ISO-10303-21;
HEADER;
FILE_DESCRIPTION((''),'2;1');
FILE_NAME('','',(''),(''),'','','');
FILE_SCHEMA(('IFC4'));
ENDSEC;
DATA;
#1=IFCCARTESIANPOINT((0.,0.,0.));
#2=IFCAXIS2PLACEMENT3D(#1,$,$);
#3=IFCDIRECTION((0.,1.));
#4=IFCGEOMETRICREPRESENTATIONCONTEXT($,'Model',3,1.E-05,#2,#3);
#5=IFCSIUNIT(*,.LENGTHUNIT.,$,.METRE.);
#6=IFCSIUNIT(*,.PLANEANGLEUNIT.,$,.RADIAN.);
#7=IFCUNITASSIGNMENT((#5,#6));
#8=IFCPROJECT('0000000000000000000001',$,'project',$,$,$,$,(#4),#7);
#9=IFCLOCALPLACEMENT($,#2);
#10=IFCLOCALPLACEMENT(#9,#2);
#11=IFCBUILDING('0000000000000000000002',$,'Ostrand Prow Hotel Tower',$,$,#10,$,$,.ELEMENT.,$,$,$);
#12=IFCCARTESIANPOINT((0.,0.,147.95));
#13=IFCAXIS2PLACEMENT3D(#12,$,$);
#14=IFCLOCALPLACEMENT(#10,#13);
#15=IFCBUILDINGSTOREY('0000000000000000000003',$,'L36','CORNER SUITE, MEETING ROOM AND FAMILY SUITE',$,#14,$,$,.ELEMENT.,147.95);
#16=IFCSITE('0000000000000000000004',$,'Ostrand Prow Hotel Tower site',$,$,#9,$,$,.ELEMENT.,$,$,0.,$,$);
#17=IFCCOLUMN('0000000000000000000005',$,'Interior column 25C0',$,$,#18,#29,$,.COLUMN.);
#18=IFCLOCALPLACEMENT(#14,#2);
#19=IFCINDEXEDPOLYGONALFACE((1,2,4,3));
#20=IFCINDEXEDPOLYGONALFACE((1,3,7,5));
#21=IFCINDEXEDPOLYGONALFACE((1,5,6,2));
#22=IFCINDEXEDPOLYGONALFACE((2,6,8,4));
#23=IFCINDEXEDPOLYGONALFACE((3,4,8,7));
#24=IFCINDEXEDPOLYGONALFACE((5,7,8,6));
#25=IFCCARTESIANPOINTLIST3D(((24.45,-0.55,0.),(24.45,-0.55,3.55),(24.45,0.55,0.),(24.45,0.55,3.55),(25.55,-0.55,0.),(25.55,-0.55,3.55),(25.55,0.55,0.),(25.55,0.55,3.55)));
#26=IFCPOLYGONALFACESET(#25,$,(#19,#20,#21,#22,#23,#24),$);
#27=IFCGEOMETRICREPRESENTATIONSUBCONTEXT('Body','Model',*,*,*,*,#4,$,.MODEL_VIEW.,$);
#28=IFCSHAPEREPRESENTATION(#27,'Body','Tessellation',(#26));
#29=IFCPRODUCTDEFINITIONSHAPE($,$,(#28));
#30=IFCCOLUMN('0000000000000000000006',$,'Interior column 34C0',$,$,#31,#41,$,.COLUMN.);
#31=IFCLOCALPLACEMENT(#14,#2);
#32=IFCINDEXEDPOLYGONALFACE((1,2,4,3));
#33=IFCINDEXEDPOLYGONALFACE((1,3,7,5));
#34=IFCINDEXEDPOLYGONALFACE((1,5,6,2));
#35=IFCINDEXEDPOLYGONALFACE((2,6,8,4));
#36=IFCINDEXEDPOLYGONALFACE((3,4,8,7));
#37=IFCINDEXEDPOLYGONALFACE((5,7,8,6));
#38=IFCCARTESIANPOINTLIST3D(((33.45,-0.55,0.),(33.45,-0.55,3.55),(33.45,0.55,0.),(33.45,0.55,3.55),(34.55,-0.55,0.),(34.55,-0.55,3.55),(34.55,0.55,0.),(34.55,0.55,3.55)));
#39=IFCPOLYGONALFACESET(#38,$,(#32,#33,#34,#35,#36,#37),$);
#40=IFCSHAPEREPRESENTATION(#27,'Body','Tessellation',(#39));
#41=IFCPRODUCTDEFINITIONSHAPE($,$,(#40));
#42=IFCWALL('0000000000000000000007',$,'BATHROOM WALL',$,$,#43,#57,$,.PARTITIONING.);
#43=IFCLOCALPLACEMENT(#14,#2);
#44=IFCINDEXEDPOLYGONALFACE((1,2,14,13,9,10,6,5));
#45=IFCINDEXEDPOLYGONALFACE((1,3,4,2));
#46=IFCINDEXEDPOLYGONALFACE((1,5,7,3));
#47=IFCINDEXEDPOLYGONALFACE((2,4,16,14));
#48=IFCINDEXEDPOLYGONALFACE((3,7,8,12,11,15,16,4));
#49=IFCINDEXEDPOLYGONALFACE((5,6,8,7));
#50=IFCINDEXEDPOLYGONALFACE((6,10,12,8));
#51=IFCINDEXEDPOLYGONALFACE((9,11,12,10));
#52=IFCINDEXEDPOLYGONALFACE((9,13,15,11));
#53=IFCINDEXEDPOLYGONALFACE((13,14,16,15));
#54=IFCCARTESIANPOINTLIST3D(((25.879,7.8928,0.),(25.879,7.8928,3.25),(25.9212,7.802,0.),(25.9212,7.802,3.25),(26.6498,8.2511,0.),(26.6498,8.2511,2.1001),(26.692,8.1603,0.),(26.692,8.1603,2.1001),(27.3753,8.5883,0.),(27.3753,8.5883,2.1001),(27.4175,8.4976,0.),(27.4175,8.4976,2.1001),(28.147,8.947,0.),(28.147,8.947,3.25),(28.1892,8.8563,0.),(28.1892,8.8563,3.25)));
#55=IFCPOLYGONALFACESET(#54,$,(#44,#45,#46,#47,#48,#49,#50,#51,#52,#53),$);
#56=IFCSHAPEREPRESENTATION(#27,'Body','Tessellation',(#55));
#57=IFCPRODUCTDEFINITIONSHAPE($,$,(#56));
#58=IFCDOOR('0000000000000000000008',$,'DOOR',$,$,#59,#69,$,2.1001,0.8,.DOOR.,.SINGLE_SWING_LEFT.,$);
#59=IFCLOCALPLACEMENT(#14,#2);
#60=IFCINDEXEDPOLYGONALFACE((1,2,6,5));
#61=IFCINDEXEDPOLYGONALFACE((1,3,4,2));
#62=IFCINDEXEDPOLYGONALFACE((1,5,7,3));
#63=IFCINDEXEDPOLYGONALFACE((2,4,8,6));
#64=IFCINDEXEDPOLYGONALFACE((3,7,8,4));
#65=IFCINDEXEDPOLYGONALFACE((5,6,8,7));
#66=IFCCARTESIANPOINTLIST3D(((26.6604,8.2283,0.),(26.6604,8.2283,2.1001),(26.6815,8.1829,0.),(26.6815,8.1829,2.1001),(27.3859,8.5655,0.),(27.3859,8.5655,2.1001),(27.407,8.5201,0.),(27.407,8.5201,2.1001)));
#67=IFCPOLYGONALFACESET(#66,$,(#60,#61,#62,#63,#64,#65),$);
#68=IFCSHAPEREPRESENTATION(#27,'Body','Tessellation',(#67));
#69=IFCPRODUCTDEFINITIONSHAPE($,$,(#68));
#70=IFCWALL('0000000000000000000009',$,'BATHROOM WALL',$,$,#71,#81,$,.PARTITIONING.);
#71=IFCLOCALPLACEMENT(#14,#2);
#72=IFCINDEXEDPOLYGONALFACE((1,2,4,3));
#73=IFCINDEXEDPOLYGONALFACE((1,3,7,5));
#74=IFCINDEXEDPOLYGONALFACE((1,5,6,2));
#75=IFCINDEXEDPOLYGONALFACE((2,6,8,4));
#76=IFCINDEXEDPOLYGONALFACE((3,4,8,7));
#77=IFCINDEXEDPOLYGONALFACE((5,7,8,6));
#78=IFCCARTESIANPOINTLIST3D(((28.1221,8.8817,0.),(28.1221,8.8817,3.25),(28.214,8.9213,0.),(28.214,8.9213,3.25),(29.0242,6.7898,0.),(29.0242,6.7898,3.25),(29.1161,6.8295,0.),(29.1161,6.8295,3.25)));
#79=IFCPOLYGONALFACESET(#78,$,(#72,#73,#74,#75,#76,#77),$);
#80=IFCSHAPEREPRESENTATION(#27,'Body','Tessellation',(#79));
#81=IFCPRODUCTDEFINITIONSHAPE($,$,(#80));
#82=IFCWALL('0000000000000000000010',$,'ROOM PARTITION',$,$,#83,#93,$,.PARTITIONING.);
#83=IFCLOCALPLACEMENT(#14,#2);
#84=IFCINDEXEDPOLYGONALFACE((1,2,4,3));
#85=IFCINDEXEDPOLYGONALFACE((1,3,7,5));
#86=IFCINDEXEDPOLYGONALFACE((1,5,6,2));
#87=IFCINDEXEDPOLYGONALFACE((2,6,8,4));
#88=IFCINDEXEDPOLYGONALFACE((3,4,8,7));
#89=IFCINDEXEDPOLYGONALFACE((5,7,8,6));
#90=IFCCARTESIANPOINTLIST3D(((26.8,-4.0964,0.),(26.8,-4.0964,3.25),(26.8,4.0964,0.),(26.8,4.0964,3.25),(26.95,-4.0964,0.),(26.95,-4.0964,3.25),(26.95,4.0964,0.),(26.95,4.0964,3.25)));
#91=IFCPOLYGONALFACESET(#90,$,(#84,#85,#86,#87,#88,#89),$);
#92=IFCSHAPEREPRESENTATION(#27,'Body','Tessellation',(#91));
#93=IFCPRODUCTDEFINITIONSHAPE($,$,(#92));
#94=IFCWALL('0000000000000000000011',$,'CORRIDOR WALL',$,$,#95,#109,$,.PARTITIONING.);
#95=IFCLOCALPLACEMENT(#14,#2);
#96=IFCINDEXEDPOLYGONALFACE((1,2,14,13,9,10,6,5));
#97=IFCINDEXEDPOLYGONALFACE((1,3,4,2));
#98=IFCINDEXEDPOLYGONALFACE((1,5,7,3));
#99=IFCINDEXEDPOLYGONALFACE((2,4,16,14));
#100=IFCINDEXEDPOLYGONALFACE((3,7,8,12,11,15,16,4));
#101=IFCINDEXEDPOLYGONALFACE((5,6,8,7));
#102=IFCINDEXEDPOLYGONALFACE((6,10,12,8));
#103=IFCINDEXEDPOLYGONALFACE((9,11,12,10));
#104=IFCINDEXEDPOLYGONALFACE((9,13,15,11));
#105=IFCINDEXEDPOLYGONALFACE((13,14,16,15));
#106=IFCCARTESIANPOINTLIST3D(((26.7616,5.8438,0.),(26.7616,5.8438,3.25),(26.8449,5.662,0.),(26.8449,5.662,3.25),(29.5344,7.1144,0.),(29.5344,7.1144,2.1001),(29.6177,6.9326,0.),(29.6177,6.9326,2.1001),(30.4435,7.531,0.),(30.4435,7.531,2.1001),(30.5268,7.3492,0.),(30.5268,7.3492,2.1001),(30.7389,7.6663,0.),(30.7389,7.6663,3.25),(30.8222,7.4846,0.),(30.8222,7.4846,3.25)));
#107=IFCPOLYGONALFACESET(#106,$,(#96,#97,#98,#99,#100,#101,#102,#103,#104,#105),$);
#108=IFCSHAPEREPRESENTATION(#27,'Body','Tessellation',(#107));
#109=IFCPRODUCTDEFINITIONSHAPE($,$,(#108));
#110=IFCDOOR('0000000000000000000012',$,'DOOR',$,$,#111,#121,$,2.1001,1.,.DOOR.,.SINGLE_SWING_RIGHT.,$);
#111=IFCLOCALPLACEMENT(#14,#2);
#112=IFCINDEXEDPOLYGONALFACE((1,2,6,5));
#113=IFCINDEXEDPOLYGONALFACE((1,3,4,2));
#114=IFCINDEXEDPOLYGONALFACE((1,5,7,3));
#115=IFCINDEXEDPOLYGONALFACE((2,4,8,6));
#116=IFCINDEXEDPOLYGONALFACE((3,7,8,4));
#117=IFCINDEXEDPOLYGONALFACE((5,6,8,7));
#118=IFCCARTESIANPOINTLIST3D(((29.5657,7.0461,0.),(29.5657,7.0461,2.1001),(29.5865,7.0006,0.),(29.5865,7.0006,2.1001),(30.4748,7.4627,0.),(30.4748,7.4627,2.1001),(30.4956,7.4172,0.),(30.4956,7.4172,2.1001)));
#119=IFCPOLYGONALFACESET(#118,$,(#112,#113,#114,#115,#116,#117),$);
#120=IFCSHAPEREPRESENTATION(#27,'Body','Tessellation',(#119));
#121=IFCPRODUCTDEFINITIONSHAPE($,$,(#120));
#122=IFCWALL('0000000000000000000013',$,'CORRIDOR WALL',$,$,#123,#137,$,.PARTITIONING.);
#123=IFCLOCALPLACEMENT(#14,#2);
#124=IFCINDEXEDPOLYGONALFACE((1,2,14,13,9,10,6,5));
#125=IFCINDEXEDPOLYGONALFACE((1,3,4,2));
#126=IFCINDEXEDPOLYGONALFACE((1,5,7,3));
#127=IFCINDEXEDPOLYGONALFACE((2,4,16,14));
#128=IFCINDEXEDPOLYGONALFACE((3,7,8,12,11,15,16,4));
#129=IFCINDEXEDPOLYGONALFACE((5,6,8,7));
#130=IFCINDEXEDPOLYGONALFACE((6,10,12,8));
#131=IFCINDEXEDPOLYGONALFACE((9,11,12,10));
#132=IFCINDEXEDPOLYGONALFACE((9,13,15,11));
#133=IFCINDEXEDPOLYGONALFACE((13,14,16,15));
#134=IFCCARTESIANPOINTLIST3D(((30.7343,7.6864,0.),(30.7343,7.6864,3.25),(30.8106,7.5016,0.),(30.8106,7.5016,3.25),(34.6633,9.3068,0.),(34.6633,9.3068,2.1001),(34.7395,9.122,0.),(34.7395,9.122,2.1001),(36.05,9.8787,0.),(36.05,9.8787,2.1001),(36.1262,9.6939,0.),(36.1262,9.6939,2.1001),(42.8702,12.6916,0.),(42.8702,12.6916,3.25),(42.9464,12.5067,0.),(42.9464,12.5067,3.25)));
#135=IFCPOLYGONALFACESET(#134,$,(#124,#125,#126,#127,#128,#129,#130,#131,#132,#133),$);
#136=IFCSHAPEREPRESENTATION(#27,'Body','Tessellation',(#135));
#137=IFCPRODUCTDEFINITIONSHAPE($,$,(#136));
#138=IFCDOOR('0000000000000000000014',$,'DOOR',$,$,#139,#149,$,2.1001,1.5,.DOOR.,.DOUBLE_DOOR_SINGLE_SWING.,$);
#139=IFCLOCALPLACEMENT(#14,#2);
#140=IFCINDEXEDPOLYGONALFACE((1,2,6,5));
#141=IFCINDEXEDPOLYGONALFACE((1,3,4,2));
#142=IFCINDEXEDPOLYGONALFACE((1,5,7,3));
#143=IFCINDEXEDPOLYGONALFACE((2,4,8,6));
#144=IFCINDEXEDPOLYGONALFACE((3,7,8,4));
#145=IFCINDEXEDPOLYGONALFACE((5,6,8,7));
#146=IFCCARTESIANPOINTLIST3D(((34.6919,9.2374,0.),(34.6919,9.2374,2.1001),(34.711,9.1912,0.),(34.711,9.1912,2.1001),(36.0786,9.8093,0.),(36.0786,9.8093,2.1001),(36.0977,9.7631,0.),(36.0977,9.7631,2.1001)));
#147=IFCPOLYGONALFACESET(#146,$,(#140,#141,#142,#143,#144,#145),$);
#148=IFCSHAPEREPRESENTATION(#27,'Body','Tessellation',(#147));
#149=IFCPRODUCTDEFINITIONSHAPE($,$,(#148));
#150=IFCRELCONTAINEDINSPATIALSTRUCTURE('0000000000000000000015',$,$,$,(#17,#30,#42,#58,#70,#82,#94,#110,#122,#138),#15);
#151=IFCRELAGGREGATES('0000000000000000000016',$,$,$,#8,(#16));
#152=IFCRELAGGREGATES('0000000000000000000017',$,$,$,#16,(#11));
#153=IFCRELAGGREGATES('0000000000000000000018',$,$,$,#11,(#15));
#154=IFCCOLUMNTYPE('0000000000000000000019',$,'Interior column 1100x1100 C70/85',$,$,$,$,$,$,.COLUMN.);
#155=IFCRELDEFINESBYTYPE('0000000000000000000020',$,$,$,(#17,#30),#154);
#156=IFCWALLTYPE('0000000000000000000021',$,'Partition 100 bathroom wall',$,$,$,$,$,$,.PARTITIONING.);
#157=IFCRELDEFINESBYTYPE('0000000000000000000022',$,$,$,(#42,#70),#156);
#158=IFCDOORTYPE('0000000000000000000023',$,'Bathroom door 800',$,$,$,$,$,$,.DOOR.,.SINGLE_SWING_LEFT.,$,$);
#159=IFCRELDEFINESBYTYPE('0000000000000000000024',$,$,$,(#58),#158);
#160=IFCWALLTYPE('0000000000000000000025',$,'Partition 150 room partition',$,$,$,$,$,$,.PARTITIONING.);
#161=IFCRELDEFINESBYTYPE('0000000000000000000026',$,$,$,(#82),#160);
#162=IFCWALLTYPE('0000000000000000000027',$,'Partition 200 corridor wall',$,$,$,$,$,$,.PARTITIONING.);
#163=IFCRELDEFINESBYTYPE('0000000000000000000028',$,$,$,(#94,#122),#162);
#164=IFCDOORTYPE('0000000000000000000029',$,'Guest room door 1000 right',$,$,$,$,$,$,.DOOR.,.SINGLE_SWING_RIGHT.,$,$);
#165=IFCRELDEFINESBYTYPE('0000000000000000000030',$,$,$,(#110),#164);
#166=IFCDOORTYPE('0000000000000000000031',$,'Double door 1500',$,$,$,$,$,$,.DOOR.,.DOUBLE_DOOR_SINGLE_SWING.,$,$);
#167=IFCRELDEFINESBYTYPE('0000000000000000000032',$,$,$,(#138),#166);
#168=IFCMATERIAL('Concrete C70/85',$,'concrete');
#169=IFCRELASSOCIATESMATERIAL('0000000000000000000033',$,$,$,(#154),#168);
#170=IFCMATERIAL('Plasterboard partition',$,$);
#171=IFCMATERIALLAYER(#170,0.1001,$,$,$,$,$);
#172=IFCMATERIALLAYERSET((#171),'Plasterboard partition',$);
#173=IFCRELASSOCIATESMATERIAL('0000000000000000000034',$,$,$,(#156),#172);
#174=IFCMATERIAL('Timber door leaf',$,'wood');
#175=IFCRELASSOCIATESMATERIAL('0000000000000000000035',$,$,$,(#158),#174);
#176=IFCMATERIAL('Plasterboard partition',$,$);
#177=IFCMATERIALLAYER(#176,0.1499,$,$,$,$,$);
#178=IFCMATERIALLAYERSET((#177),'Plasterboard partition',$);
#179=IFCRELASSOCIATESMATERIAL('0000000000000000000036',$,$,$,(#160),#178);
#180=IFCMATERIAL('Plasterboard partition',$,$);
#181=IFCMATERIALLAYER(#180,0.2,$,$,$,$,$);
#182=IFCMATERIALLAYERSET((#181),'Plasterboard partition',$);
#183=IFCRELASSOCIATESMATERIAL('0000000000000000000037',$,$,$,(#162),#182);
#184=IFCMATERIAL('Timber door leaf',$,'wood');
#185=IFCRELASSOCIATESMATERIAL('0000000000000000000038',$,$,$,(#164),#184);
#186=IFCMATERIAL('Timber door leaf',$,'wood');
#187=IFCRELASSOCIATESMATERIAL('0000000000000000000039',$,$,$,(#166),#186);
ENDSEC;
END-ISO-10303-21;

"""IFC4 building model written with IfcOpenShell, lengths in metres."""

from ifc_helpers import new_model, si_unit, direction, frame, frame_2d, origin, origin_2d, place, context, subcontext, project, spatial, rectangle, extrude, material, layer, layer_set, material_profile, profile_set, type_object, element, fill, save


model = new_model("IFC4")

# Units and contexts
model_context = context("Model", 3, precision=1e-05, world=origin(), true_north=direction((0.0, 1.0)))
body_context = subcontext(model_context, "Body", "Model", "MODEL_VIEW")
ifc_project = project(units=[si_unit("LENGTHUNIT", "METRE"), si_unit("PLANEANGLEUNIT", "RADIAN")], contexts=[model_context])

# Site, building, storey
site_placement = place(None, origin())
site = spatial("IfcSite", under=ifc_project, at=site_placement, Name="Ostrand Prow Hotel Tower site", CompositionType="ELEMENT", RefElevation=0.0)
building_placement = place(site_placement, origin())
building = spatial("IfcBuilding", under=site, at=building_placement, Name="Ostrand Prow Hotel Tower", CompositionType="ELEMENT")
storey_placement = place(building_placement, frame((0.0, 0.0, 147.95)))
storey = spatial("IfcBuildingStorey", under=building, at=storey_placement, Name="L36", Description="CORNER SUITE, MEETING ROOM AND FAMILY SUITE", CompositionType="ELEMENT", Elevation=147.95)

# Columns
ifc_material_1 = material(Name="Concrete C70/85", Category="concrete")
ifc_material_profile = material_profile(ifc_material_1, rectangle(XDim=1.1001, YDim=1.1001, at=origin_2d()), Name="RC 1100x1100")
ifc_profile_set = profile_set([ifc_material_profile], Name="Concrete C70/85")
column_type = type_object("IfcColumnType", Name="Interior column 1100x1100 C70/85", PredefinedType="COLUMN", material=ifc_profile_set)
for number, where, z_axis, x_axis, name in (
    (1, (25.0, 0.0, 0.0), (0.0, 0.0, 1.0), (1.0, 0.0, 0.0), "Interior column 25C0"),
    (2, (34.0, 0.0, 0.0), (0.0, 0.0, 1.0), (1.0, 0.0, 0.0), "Interior column 34C0"),
):
    element("IfcColumn", number, at=place(storey_placement, frame(where, z_axis=z_axis, x_axis=x_axis)), inside=storey, type_object=column_type, Name=name, PredefinedType="COLUMN", context=body_context, shape_type="SweptSolid", body=[
        extrude(rectangle(XDim=1.1001, YDim=1.1001, at=origin_2d()), origin(), (0.0, 0.0, 1.0), 3.55),
    ])

# Wall, opening, door
ifc_material_2 = material(Name="Plasterboard partition")
ifc_layer_1 = layer(ifc_material_2, 0.1001)
ifc_layer_set_1 = layer_set([ifc_layer_1], Name="Plasterboard partition")
wall_type_1 = type_object("IfcWallType", Name="Partition 100 bathroom wall", PredefinedType="PARTITIONING", material=ifc_layer_set_1)
wall_1_placement = place(storey_placement, frame((25.9001, 7.8474, 0.0), z_axis=(0.0, 0.0, 1.0), x_axis=(0.906813, 0.421533, 0.0)))
wall_1 = element("IfcWall", 3, at=wall_1_placement, inside=storey, type_object=wall_type_1, Name="BATHROOM WALL", PredefinedType="PARTITIONING", context=body_context, shape_type="SweptSolid", body=[
    extrude(rectangle(XDim=2.501, YDim=0.1001, at=frame_2d((1.2505, 0.0))), origin(), (0.0, 0.0, 1.0), 3.25),
])
opening_1_placement = place(wall_1_placement, frame((0.8501, 0.0, 0.0)))
opening_1 = element("IfcOpeningElement", 4, at=opening_1_placement, cuts=wall_1, PredefinedType="OPENING", context=body_context, shape_type="SweptSolid", body=[
    extrude(rectangle(XDim=0.8, YDim=2.1001, at=frame_2d((0.3999, 1.05))), frame((0.0, 0.0601, 0.0), z_axis=(0.0, -1.0, 0.0), x_axis=(1.0, 0.0, 0.0)), (0.0, 0.0, 1.0), 0.1201),
])
ifc_material_3 = material(Name="Timber door leaf", Category="wood")
door_type_1 = type_object("IfcDoorType", Name="Bathroom door 800", OperationType="SINGLE_SWING_LEFT", PredefinedType="DOOR", material=ifc_material_3)
door_1_placement = place(opening_1_placement, origin())
door_1 = element("IfcDoor", 5, at=door_1_placement, inside=storey, type_object=door_type_1, Name="DOOR", OperationType="SINGLE_SWING_LEFT", OverallHeight=2.1001, OverallWidth=0.8, PredefinedType="DOOR", context=body_context, shape_type="SweptSolid", body=[
    extrude(rectangle(XDim=0.8, YDim=2.1001, at=frame_2d((0.3999, 1.05))), frame((0.0, 0.0249, 0.0), z_axis=(0.0, -1.0, 0.0), x_axis=(1.0, 0.0, 0.0)), (0.0, 0.0, 1.0), 0.05),
])
fill(opening_1, door_1)

# Walls
wall_2_placement = place(storey_placement, frame((28.168, 8.9016, 0.0), z_axis=(0.0, 0.0, 1.0), x_axis=(0.396001, -0.91825, 0.0)))
element("IfcWall", 6, at=wall_2_placement, inside=storey, type_object=wall_type_1, Name="BATHROOM WALL", PredefinedType="PARTITIONING", context=body_context, shape_type="SweptSolid", body=[
    extrude(rectangle(XDim=2.2781, YDim=0.1001, at=frame_2d((1.1392, 0.0))), origin(), (0.0, 0.0, 1.0), 3.25),
])
ifc_material_4 = material(Name="Plasterboard partition")
ifc_layer_2 = layer(ifc_material_4, 0.1499)
ifc_layer_set_2 = layer_set([ifc_layer_2], Name="Plasterboard partition")
wall_type_2 = type_object("IfcWallType", Name="Partition 150 room partition", PredefinedType="PARTITIONING", material=ifc_layer_set_2)
wall_3_placement = place(storey_placement, frame((26.875, -4.0964, 0.0), z_axis=(0.0, 0.0, 1.0), x_axis=(0.0, 1.0, 0.0)))
element("IfcWall", 7, at=wall_3_placement, inside=storey, type_object=wall_type_2, Name="ROOM PARTITION", PredefinedType="PARTITIONING", context=body_context, shape_type="SweptSolid", body=[
    extrude(rectangle(XDim=8.1929, YDim=0.1499, at=frame_2d((4.0964, 0.0))), origin(), (0.0, 0.0, 1.0), 3.25),
])

# Walls, openings, doors
ifc_material_5 = material(Name="Plasterboard partition")
ifc_layer_3 = layer(ifc_material_5, 0.2)
ifc_layer_set_3 = layer_set([ifc_layer_3], Name="Plasterboard partition")
wall_type_3 = type_object("IfcWallType", Name="Partition 200 corridor wall", PredefinedType="PARTITIONING", material=ifc_layer_set_3)
wall_4_placement = place(storey_placement, frame((26.8032, 5.7529, 0.0), z_axis=(0.0, 0.0, 1.0), x_axis=(0.909101, 0.416576, 0.0)))
wall_4 = element("IfcWall", 8, at=wall_4_placement, inside=storey, type_object=wall_type_3, Name="CORRIDOR WALL", PredefinedType="PARTITIONING", context=body_context, shape_type="SweptSolid", body=[
    extrude(rectangle(XDim=4.375, YDim=0.2, at=frame_2d((2.1875, 0.0))), origin(), (0.0, 0.0, 1.0), 3.25),
])
opening_2_placement = place(wall_4_placement, frame((3.05, 0.0, 0.0)))
opening_2 = element("IfcOpeningElement", 9, at=opening_2_placement, cuts=wall_4, PredefinedType="OPENING", context=body_context, shape_type="SweptSolid", body=[
    extrude(rectangle(XDim=1.0, YDim=2.1001, at=frame_2d((0.5, 1.05))), frame((0.0, 0.1099, 0.0), z_axis=(0.0, -1.0, 0.0), x_axis=(1.0, 0.0, 0.0)), (0.0, 0.0, 1.0), 0.22),
])
ifc_material_6 = material(Name="Timber door leaf", Category="wood")
door_type_2 = type_object("IfcDoorType", Name="Guest room door 1000 right", OperationType="SINGLE_SWING_RIGHT", PredefinedType="DOOR", material=ifc_material_6)
door_2_placement = place(opening_2_placement, origin())
door_2 = element("IfcDoor", 10, at=door_2_placement, inside=storey, type_object=door_type_2, Name="DOOR", OperationType="SINGLE_SWING_RIGHT", OverallHeight=2.1001, OverallWidth=1.0, PredefinedType="DOOR", context=body_context, shape_type="SweptSolid", body=[
    extrude(rectangle(XDim=1.0, YDim=2.1001, at=frame_2d((0.5, 1.05))), frame((0.0, 0.0249, 0.0), z_axis=(0.0, -1.0, 0.0), x_axis=(1.0, 0.0, 0.0)), (0.0, 0.0, 1.0), 0.05),
])
fill(opening_2, door_2)
wall_5_placement = place(storey_placement, frame((30.7725, 7.594, 0.0), z_axis=(0.0, 0.0, 1.0), x_axis=(0.924462, 0.381275, 0.0)))
wall_5 = element("IfcWall", 11, at=wall_5_placement, inside=storey, type_object=wall_type_3, Name="CORRIDOR WALL", PredefinedType="PARTITIONING", context=body_context, shape_type="SweptSolid", body=[
    extrude(rectangle(XDim=13.1274, YDim=0.2, at=frame_2d((6.5637, 0.0))), origin(), (0.0, 0.0, 1.0), 3.25),
])
opening_3_placement = place(wall_5_placement, frame((4.25, 0.0, 0.0)))
opening_3 = element("IfcOpeningElement", 12, at=opening_3_placement, cuts=wall_5, PredefinedType="OPENING", context=body_context, shape_type="SweptSolid", body=[
    extrude(rectangle(XDim=1.5, YDim=2.1001, at=frame_2d((0.75, 1.05))), frame((0.0, 0.1099, 0.0), z_axis=(0.0, -1.0, 0.0), x_axis=(1.0, 0.0, 0.0)), (0.0, 0.0, 1.0), 0.22),
])
ifc_material_7 = material(Name="Timber door leaf", Category="wood")
door_type_3 = type_object("IfcDoorType", Name="Double door 1500", OperationType="DOUBLE_DOOR_SINGLE_SWING", PredefinedType="DOOR", material=ifc_material_7)
door_3_placement = place(opening_3_placement, origin())
door_3 = element("IfcDoor", 13, at=door_3_placement, inside=storey, type_object=door_type_3, Name="DOOR", OperationType="DOUBLE_DOOR_SINGLE_SWING", OverallHeight=2.1001, OverallWidth=1.5, PredefinedType="DOOR", context=body_context, shape_type="SweptSolid", body=[
    extrude(rectangle(XDim=1.5, YDim=2.1001, at=frame_2d((0.75, 1.05))), frame((0.0, 0.0249, 0.0), z_axis=(0.0, -1.0, 0.0), x_axis=(1.0, 0.0, 0.0)), (0.0, 0.0, 1.0), 0.05),
])
fill(opening_3, door_3)

save(model, "model.ifc")
